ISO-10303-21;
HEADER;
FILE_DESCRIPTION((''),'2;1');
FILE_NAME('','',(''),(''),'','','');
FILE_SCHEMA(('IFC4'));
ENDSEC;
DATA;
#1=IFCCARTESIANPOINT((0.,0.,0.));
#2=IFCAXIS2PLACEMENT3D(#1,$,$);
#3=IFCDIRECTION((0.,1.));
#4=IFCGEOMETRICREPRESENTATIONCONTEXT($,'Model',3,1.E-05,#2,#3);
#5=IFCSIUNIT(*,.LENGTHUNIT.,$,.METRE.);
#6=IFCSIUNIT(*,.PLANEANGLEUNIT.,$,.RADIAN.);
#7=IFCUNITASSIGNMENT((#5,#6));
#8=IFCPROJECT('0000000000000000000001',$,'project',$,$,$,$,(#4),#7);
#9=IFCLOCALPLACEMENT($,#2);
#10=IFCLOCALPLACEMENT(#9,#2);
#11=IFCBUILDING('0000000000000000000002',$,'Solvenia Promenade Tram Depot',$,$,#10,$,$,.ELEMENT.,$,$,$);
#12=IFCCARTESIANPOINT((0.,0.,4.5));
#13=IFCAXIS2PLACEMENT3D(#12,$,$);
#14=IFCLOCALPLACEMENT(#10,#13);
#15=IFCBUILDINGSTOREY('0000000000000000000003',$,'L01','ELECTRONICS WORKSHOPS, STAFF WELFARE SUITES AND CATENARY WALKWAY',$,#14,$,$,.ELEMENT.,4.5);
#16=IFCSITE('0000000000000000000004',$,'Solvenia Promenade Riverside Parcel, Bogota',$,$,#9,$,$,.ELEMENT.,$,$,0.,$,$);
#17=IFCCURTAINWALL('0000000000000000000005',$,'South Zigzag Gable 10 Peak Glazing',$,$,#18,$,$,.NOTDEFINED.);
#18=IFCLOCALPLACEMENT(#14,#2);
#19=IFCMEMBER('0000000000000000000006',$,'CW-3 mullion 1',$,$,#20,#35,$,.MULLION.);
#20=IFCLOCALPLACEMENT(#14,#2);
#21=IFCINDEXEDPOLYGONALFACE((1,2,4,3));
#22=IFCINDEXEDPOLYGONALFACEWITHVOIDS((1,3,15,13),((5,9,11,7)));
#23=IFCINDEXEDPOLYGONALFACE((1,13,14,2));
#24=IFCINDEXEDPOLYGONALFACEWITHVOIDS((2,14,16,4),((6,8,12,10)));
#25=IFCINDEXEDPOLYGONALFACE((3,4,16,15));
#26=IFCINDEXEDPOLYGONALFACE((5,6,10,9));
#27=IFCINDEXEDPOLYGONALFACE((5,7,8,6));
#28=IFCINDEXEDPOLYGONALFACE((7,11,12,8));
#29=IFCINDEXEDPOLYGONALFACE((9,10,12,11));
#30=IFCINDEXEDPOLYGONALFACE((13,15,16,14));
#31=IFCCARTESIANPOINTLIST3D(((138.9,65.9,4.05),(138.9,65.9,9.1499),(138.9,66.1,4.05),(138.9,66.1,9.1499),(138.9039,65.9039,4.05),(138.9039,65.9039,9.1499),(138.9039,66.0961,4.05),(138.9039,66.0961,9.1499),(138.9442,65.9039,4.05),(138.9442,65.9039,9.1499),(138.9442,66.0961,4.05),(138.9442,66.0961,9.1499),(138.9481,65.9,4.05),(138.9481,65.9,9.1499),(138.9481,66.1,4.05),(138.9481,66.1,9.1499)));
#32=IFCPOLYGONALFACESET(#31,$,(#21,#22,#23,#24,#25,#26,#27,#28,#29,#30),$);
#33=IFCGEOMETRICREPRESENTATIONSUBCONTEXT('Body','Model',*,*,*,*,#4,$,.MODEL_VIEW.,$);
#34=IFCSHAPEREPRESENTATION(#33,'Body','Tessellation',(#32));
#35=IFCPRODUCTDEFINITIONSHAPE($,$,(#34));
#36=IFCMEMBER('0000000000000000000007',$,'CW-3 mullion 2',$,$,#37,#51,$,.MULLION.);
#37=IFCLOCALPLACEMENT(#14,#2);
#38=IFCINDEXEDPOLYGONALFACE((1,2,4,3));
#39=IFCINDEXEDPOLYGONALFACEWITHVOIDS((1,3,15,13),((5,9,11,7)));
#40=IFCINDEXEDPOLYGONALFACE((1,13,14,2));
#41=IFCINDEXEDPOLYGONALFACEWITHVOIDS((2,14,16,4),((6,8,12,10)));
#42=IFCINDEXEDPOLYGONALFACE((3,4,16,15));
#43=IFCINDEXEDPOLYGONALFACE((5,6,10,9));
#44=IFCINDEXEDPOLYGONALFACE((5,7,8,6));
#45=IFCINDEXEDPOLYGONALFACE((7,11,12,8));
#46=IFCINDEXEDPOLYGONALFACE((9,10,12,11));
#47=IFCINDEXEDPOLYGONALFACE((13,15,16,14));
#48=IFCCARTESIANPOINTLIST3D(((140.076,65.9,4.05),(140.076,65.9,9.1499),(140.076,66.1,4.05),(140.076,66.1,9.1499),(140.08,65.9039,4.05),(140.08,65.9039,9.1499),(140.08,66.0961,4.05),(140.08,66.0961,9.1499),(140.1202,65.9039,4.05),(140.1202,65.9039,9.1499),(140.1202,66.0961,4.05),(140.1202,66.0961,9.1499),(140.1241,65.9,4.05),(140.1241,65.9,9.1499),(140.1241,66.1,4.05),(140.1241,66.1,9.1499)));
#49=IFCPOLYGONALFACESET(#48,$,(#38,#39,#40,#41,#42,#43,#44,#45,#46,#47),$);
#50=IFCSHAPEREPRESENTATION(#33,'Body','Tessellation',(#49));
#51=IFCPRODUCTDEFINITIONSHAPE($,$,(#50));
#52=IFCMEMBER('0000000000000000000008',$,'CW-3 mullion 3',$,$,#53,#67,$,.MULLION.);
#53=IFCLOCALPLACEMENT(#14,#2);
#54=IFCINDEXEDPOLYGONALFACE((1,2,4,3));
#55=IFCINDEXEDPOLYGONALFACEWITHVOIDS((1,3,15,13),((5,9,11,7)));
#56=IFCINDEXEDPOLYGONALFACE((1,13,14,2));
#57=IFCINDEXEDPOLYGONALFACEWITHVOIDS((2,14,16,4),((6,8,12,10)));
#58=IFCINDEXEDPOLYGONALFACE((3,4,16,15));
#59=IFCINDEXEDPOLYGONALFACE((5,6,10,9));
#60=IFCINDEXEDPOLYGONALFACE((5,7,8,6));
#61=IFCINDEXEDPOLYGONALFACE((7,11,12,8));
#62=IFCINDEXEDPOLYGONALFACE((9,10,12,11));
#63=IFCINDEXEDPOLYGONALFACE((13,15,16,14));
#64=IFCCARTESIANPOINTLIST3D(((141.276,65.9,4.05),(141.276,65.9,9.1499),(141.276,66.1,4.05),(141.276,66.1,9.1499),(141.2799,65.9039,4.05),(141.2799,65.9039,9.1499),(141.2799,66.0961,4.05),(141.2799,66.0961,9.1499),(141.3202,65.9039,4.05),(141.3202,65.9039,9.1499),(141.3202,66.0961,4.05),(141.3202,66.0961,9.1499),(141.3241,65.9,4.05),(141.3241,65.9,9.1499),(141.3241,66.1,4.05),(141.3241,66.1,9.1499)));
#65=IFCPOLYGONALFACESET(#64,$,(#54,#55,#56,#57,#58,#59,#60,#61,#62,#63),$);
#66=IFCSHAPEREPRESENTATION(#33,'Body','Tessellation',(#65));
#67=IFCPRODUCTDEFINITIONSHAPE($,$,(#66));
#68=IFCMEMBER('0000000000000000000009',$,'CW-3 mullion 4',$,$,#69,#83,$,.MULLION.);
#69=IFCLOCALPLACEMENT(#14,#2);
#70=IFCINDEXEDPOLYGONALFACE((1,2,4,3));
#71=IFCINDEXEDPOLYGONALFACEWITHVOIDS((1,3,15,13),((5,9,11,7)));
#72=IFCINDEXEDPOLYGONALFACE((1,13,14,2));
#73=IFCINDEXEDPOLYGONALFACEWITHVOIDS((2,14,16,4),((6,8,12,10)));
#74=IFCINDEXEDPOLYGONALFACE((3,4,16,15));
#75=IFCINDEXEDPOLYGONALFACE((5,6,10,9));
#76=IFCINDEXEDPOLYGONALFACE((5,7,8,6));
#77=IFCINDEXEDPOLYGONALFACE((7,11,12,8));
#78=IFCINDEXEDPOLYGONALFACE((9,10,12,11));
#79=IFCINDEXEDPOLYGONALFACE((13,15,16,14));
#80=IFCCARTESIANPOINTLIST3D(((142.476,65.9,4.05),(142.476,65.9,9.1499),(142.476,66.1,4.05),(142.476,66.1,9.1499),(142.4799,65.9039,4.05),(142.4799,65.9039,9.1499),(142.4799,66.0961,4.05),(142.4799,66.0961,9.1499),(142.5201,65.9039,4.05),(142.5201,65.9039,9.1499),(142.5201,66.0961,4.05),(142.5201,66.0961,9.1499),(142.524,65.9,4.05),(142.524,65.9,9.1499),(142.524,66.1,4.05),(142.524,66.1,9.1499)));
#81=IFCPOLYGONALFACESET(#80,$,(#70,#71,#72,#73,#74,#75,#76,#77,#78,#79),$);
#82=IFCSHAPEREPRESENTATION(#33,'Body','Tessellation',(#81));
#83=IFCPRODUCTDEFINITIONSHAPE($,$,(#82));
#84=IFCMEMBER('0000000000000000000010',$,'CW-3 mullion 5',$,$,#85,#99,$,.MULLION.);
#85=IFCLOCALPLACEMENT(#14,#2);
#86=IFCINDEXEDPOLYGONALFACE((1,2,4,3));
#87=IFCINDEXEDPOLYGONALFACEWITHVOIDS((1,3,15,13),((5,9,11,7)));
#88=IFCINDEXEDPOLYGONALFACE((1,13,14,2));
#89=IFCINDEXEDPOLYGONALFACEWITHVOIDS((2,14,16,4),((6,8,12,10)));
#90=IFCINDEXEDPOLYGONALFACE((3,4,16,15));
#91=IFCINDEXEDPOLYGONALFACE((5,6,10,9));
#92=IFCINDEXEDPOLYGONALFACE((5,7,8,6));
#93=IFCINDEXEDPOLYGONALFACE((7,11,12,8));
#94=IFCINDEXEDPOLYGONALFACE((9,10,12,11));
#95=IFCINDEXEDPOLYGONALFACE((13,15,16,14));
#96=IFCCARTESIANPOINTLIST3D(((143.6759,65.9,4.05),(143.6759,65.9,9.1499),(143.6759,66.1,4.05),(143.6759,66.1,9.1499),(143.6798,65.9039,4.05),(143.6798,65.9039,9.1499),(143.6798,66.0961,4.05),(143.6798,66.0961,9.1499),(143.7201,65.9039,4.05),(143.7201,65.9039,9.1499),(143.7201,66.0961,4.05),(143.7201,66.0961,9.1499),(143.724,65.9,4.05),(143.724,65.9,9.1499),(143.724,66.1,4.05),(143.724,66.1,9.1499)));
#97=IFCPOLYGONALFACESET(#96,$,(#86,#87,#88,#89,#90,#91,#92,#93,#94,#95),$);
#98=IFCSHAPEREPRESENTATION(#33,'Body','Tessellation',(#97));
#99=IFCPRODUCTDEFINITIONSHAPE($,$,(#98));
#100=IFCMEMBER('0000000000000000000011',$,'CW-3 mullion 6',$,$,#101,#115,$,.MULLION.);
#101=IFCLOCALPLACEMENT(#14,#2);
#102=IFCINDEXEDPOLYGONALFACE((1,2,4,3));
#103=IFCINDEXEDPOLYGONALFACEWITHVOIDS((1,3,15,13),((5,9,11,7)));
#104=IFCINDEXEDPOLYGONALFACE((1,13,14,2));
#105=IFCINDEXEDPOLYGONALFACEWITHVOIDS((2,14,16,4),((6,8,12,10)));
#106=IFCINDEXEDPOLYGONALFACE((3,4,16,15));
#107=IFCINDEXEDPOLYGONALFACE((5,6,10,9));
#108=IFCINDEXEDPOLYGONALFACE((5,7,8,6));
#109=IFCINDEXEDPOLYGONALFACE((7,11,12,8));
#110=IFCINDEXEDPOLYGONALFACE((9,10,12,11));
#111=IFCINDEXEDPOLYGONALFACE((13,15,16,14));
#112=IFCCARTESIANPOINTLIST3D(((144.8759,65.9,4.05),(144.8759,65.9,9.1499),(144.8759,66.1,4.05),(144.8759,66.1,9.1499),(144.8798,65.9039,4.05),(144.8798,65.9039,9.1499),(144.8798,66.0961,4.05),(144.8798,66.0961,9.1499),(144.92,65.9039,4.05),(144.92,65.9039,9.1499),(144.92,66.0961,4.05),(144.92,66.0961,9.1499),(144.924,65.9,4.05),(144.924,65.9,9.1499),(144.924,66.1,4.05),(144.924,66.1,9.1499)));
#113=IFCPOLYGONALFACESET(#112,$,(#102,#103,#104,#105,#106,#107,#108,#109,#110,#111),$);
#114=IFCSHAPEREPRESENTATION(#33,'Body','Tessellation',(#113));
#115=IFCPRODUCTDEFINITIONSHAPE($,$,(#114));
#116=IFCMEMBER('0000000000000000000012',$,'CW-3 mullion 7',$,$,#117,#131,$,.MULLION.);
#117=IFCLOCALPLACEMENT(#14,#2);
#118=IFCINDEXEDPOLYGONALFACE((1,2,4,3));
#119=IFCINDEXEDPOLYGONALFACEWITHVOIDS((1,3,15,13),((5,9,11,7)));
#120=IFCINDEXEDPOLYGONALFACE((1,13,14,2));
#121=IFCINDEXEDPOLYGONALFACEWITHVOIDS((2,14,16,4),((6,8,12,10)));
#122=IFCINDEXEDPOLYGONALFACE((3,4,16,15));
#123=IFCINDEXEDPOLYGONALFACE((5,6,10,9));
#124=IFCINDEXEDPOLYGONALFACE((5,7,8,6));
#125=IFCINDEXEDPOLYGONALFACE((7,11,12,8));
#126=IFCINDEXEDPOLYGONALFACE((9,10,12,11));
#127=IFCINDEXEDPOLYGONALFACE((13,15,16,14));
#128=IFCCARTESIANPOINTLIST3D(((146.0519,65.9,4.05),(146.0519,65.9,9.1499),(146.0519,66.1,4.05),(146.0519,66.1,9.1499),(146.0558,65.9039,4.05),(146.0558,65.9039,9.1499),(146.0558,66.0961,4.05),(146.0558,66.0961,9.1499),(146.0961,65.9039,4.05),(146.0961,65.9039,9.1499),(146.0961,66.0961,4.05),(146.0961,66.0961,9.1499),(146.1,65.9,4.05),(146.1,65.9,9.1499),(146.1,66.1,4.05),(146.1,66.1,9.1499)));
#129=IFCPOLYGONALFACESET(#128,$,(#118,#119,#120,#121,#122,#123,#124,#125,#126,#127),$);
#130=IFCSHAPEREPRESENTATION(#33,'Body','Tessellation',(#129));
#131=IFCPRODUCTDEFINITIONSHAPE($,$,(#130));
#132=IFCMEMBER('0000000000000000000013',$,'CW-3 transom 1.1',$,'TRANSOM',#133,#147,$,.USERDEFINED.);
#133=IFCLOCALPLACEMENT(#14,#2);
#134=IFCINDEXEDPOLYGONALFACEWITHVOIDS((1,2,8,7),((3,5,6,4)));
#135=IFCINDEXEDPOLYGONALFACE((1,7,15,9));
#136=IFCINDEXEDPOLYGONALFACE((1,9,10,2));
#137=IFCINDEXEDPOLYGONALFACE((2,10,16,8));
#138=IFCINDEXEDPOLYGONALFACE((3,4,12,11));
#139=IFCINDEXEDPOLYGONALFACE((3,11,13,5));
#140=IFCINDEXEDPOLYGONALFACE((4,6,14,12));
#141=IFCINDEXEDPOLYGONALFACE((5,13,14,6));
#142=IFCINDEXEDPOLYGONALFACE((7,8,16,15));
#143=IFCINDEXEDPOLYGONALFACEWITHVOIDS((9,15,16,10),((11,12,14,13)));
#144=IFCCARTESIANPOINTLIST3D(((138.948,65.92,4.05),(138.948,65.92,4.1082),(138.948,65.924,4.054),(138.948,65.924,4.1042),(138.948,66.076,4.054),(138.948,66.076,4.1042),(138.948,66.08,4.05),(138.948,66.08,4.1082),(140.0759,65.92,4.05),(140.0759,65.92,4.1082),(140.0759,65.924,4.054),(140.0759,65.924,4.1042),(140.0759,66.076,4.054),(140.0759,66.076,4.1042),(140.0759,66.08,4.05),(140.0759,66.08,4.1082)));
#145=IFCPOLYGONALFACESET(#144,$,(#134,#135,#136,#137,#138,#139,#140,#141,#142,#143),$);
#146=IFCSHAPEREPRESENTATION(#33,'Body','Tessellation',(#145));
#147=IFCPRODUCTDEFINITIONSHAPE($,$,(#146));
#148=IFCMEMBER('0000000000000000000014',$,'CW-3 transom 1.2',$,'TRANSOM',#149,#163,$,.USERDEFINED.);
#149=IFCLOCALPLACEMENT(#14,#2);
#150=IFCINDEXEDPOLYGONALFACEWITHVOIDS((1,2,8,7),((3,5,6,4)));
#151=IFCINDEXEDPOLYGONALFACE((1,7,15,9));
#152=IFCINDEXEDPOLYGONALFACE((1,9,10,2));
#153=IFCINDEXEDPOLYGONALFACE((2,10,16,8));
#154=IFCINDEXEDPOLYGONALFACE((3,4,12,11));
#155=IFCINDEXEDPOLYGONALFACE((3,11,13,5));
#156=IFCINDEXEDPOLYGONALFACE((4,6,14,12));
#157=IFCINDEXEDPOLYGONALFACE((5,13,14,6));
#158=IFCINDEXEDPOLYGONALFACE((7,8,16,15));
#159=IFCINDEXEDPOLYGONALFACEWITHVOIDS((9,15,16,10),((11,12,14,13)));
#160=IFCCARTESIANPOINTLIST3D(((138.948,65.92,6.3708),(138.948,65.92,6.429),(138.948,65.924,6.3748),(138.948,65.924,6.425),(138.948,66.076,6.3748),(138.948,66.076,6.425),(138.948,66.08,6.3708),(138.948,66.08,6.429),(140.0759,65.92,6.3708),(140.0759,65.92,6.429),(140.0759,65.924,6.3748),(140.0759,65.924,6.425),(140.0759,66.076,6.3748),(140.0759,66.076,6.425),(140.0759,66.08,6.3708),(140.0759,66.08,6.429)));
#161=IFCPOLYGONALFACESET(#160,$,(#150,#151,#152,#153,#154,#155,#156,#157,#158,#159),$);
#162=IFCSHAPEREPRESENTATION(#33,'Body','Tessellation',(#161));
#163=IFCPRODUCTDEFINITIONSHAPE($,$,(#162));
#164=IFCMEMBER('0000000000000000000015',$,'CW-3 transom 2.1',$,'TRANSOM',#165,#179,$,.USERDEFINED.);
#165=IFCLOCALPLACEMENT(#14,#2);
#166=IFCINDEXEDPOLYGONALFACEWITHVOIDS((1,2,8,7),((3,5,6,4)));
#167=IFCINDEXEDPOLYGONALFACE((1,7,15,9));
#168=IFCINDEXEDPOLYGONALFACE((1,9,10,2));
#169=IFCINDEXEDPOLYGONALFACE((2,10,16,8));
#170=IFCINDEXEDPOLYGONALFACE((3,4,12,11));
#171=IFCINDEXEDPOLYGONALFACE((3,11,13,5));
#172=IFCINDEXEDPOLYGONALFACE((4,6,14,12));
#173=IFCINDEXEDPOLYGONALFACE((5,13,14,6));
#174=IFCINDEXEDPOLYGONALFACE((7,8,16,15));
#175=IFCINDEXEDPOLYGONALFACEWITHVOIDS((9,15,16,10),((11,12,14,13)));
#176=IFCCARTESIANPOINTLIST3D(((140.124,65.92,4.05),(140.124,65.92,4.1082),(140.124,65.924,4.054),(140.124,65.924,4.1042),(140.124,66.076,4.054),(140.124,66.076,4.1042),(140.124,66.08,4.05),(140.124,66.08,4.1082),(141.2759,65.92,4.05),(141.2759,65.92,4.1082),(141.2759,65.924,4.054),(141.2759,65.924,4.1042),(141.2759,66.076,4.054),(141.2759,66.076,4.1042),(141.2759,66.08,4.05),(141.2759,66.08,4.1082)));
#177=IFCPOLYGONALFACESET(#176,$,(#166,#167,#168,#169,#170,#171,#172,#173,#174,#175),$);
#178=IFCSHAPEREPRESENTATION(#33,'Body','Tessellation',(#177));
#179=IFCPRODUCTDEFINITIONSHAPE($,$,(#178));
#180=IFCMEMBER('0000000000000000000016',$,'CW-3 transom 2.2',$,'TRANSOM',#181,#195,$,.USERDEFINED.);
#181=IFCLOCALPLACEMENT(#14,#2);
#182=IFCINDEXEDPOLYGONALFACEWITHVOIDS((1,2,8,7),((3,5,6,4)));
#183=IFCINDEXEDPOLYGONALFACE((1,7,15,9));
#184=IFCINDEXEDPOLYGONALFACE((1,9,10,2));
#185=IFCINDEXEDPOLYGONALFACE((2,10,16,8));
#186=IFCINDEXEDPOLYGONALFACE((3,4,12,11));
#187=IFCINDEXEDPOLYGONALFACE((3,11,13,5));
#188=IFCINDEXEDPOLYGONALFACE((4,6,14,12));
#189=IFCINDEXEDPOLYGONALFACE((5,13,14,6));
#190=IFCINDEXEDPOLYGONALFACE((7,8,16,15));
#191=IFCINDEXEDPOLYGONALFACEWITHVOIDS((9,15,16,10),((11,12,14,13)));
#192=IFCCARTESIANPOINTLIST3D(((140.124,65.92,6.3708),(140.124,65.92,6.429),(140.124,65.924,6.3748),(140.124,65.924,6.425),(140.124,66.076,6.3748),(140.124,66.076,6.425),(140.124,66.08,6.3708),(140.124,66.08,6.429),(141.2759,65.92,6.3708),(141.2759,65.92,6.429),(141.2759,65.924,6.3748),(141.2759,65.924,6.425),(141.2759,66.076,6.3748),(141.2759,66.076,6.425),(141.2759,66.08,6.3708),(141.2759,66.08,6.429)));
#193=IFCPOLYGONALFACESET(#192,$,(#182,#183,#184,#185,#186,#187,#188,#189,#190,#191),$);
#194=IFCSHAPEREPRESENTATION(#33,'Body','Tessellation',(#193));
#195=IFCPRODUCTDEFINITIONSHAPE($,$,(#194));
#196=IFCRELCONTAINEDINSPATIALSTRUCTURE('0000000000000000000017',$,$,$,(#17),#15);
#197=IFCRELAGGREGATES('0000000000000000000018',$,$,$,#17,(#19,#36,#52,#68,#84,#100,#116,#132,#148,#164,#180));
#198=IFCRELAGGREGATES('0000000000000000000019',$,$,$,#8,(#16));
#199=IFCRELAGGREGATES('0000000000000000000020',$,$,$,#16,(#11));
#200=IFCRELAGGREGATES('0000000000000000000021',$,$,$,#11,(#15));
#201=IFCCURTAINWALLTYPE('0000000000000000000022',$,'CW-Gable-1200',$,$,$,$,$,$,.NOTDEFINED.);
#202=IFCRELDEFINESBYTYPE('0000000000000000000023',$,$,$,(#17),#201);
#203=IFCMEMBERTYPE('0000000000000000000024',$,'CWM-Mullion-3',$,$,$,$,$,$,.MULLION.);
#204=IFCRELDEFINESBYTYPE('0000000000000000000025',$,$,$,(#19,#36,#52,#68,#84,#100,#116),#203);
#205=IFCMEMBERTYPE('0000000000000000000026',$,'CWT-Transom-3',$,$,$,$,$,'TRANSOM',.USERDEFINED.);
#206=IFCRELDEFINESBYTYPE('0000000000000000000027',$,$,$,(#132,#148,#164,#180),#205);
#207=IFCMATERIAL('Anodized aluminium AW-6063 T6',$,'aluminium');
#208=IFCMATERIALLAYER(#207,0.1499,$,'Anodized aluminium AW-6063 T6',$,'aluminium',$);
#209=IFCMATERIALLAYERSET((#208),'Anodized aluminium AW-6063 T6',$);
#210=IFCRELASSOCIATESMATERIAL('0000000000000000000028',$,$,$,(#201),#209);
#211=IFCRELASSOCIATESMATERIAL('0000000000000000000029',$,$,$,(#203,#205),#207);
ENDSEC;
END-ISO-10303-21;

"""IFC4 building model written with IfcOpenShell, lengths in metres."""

from ifc_helpers import new_model, si_unit, direction, frame, origin, origin_2d, place, context, subcontext, project, spatial, hollow_rectangle, extrude, material, layer, layer_set, material_profile, profile_set, type_object, element, aggregate, save


model = new_model("IFC4")

# Units and contexts
model_context = context("Model", 3, precision=1e-05, world=origin(), true_north=direction((0.0, 1.0)))
body_context = subcontext(model_context, "Body", "Model", "MODEL_VIEW")
ifc_project = project(units=[si_unit("LENGTHUNIT", "METRE"), si_unit("PLANEANGLEUNIT", "RADIAN")], contexts=[model_context])

# Site, building, storey
site_placement = place(None, origin())
site = spatial("IfcSite", under=ifc_project, at=site_placement, Name="Solvenia Promenade Riverside Parcel, Bogota", CompositionType="ELEMENT", RefElevation=0.0)
building_placement = place(site_placement, origin())
building = spatial("IfcBuilding", under=site, at=building_placement, Name="Solvenia Promenade Tram Depot", CompositionType="ELEMENT")
storey_placement = place(building_placement, frame((0.0, 0.0, 4.5)))
storey = spatial("IfcBuildingStorey", under=building, at=storey_placement, Name="L01", Description="ELECTRONICS WORKSHOPS, STAFF WELFARE SUITES AND CATENARY WALKWAY", CompositionType="ELEMENT", Elevation=4.5)

# Curtain wall, members
ifc_material_1 = material(Name="Anodized aluminium AW-6063 T6", Category="aluminium")
ifc_layer_1 = layer(ifc_material_1, 0.1499, Name="Anodized aluminium AW-6063 T6", Category="aluminium")
ifc_layer_set_1 = layer_set([ifc_layer_1], Name="Anodized aluminium AW-6063 T6")
curtain_wall_type = type_object("IfcCurtainWallType", Name="CW-Gable-1200", PredefinedType="NOTDEFINED", material=ifc_layer_set_1)
curtain_wall_placement = place(storey_placement, origin())
curtain_wall = element("IfcCurtainWall", 1, at=curtain_wall_placement, inside=storey, type_object=curtain_wall_type, Name="South Zigzag Gable 10 Peak Glazing", PredefinedType="NOTDEFINED")
ifc_material_profile_1 = material_profile(ifc_material_1, hollow_rectangle(XDim=0.2, YDim=0.0481, WallThickness=0.0039, at=origin_2d()), Name="ALU-M3", Category="aluminium")
ifc_profile_set_1 = profile_set([ifc_material_profile_1], Name="Anodized aluminium AW-6063 T6")
member_type_1 = type_object("IfcMemberType", Name="CWM-Mullion-3", PredefinedType="MULLION", material=ifc_profile_set_1)
member_1_placement = place(storey_placement, frame((138.9241, 66.0, 4.05), z_axis=(0.0, 0.0, 1.0), x_axis=(0.0, 1.0, 0.0)))
member_1 = element("IfcMember", 2, at=member_1_placement, type_object=member_type_1, Name="CW-3 mullion 1", PredefinedType="MULLION", context=body_context, shape_type="SweptSolid", body=[
    extrude(hollow_rectangle(XDim=0.2, YDim=0.0481, WallThickness=0.0039, at=origin_2d()), origin(), (0.0, 0.0, 1.0), 5.0999),
])
member_2_placement = place(storey_placement, frame((140.1001, 66.0, 4.05), z_axis=(0.0, 0.0, 1.0), x_axis=(0.0, 1.0, 0.0)))
member_2 = element("IfcMember", 3, at=member_2_placement, type_object=member_type_1, Name="CW-3 mullion 2", PredefinedType="MULLION", context=body_context, shape_type="SweptSolid", body=[
    extrude(hollow_rectangle(XDim=0.2, YDim=0.0481, WallThickness=0.0039, at=origin_2d()), origin(), (0.0, 0.0, 1.0), 5.0999),
])
member_3_placement = place(storey_placement, frame((141.3, 66.0, 4.05), z_axis=(0.0, 0.0, 1.0), x_axis=(0.0, 1.0, 0.0)))
member_3 = element("IfcMember", 4, at=member_3_placement, type_object=member_type_1, Name="CW-3 mullion 3", PredefinedType="MULLION", context=body_context, shape_type="SweptSolid", body=[
    extrude(hollow_rectangle(XDim=0.2, YDim=0.0481, WallThickness=0.0039, at=origin_2d()), origin(), (0.0, 0.0, 1.0), 5.0999),
])
member_4_placement = place(storey_placement, frame((142.5, 66.0, 4.05), z_axis=(0.0, 0.0, 1.0), x_axis=(0.0, 1.0, 0.0)))
member_4 = element("IfcMember", 5, at=member_4_placement, type_object=member_type_1, Name="CW-3 mullion 4", PredefinedType="MULLION", context=body_context, shape_type="SweptSolid", body=[
    extrude(hollow_rectangle(XDim=0.2, YDim=0.0481, WallThickness=0.0039, at=origin_2d()), origin(), (0.0, 0.0, 1.0), 5.0999),
])
member_5_placement = place(storey_placement, frame((143.7, 66.0, 4.05), z_axis=(0.0, 0.0, 1.0), x_axis=(0.0, 1.0, 0.0)))
member_5 = element("IfcMember", 6, at=member_5_placement, type_object=member_type_1, Name="CW-3 mullion 5", PredefinedType="MULLION", context=body_context, shape_type="SweptSolid", body=[
    extrude(hollow_rectangle(XDim=0.2, YDim=0.0481, WallThickness=0.0039, at=origin_2d()), origin(), (0.0, 0.0, 1.0), 5.0999),
])
member_6_placement = place(storey_placement, frame((144.8999, 66.0, 4.05), z_axis=(0.0, 0.0, 1.0), x_axis=(0.0, 1.0, 0.0)))
member_6 = element("IfcMember", 7, at=member_6_placement, type_object=member_type_1, Name="CW-3 mullion 6", PredefinedType="MULLION", context=body_context, shape_type="SweptSolid", body=[
    extrude(hollow_rectangle(XDim=0.2, YDim=0.0481, WallThickness=0.0039, at=origin_2d()), origin(), (0.0, 0.0, 1.0), 5.0999),
])
member_7_placement = place(storey_placement, frame((146.0759, 66.0, 4.05), z_axis=(0.0, 0.0, 1.0), x_axis=(0.0, 1.0, 0.0)))
member_7 = element("IfcMember", 8, at=member_7_placement, type_object=member_type_1, Name="CW-3 mullion 7", PredefinedType="MULLION", context=body_context, shape_type="SweptSolid", body=[
    extrude(hollow_rectangle(XDim=0.2, YDim=0.0481, WallThickness=0.0039, at=origin_2d()), origin(), (0.0, 0.0, 1.0), 5.0999),
])
ifc_material_profile_2 = material_profile(ifc_material_1, hollow_rectangle(XDim=0.1599, YDim=0.0581, WallThickness=0.0039, at=origin_2d()), Name="ALU-T3", Category="aluminium")
ifc_profile_set_2 = profile_set([ifc_material_profile_2], Name="Anodized aluminium AW-6063 T6")
member_type_2 = type_object("IfcMemberType", Name="CWT-Transom-3", ElementType="TRANSOM", PredefinedType="USERDEFINED", material=ifc_profile_set_2)
member_8_placement = place(storey_placement, frame((138.948, 66.0, 4.0791), z_axis=(1.0, 0.0, 0.0), x_axis=(0.0, 1.0, 0.0)))
member_8 = element("IfcMember", 9, at=member_8_placement, type_object=member_type_2, Name="CW-3 transom 1.1", ObjectType="TRANSOM", PredefinedType="USERDEFINED", context=body_context, shape_type="SweptSolid", body=[
    extrude(hollow_rectangle(XDim=0.1599, YDim=0.0581, WallThickness=0.0039, at=origin_2d()), origin(), (0.0, 0.0, 1.0), 1.1279),
])
member_9_placement = place(storey_placement, frame((138.948, 66.0, 6.3999), z_axis=(1.0, 0.0, 0.0), x_axis=(0.0, 1.0, 0.0)))
member_9 = element("IfcMember", 10, at=member_9_placement, type_object=member_type_2, Name="CW-3 transom 1.2", ObjectType="TRANSOM", PredefinedType="USERDEFINED", context=body_context, shape_type="SweptSolid", body=[
    extrude(hollow_rectangle(XDim=0.1599, YDim=0.0581, WallThickness=0.0039, at=origin_2d()), origin(), (0.0, 0.0, 1.0), 1.1279),
])
member_10_placement = place(storey_placement, frame((140.124, 66.0, 4.0791), z_axis=(1.0, 0.0, 0.0), x_axis=(0.0, 1.0, 0.0)))
member_10 = element("IfcMember", 11, at=member_10_placement, type_object=member_type_2, Name="CW-3 transom 2.1", ObjectType="TRANSOM", PredefinedType="USERDEFINED", context=body_context, shape_type="SweptSolid", body=[
    extrude(hollow_rectangle(XDim=0.1599, YDim=0.0581, WallThickness=0.0039, at=origin_2d()), origin(), (0.0, 0.0, 1.0), 1.1519),
])
member_11_placement = place(storey_placement, frame((140.124, 66.0, 6.3999), z_axis=(1.0, 0.0, 0.0), x_axis=(0.0, 1.0, 0.0)))
member_11 = element("IfcMember", 12, at=member_11_placement, type_object=member_type_2, Name="CW-3 transom 2.2", ObjectType="TRANSOM", PredefinedType="USERDEFINED", context=body_context, shape_type="SweptSolid", body=[
    extrude(hollow_rectangle(XDim=0.1599, YDim=0.0581, WallThickness=0.0039, at=origin_2d()), origin(), (0.0, 0.0, 1.0), 1.1519),
])

aggregate(curtain_wall, [member_1, member_2, member_3, member_4, member_5, member_6, member_7, member_8, member_9, member_10, member_11])

save(model, "model.ifc")
